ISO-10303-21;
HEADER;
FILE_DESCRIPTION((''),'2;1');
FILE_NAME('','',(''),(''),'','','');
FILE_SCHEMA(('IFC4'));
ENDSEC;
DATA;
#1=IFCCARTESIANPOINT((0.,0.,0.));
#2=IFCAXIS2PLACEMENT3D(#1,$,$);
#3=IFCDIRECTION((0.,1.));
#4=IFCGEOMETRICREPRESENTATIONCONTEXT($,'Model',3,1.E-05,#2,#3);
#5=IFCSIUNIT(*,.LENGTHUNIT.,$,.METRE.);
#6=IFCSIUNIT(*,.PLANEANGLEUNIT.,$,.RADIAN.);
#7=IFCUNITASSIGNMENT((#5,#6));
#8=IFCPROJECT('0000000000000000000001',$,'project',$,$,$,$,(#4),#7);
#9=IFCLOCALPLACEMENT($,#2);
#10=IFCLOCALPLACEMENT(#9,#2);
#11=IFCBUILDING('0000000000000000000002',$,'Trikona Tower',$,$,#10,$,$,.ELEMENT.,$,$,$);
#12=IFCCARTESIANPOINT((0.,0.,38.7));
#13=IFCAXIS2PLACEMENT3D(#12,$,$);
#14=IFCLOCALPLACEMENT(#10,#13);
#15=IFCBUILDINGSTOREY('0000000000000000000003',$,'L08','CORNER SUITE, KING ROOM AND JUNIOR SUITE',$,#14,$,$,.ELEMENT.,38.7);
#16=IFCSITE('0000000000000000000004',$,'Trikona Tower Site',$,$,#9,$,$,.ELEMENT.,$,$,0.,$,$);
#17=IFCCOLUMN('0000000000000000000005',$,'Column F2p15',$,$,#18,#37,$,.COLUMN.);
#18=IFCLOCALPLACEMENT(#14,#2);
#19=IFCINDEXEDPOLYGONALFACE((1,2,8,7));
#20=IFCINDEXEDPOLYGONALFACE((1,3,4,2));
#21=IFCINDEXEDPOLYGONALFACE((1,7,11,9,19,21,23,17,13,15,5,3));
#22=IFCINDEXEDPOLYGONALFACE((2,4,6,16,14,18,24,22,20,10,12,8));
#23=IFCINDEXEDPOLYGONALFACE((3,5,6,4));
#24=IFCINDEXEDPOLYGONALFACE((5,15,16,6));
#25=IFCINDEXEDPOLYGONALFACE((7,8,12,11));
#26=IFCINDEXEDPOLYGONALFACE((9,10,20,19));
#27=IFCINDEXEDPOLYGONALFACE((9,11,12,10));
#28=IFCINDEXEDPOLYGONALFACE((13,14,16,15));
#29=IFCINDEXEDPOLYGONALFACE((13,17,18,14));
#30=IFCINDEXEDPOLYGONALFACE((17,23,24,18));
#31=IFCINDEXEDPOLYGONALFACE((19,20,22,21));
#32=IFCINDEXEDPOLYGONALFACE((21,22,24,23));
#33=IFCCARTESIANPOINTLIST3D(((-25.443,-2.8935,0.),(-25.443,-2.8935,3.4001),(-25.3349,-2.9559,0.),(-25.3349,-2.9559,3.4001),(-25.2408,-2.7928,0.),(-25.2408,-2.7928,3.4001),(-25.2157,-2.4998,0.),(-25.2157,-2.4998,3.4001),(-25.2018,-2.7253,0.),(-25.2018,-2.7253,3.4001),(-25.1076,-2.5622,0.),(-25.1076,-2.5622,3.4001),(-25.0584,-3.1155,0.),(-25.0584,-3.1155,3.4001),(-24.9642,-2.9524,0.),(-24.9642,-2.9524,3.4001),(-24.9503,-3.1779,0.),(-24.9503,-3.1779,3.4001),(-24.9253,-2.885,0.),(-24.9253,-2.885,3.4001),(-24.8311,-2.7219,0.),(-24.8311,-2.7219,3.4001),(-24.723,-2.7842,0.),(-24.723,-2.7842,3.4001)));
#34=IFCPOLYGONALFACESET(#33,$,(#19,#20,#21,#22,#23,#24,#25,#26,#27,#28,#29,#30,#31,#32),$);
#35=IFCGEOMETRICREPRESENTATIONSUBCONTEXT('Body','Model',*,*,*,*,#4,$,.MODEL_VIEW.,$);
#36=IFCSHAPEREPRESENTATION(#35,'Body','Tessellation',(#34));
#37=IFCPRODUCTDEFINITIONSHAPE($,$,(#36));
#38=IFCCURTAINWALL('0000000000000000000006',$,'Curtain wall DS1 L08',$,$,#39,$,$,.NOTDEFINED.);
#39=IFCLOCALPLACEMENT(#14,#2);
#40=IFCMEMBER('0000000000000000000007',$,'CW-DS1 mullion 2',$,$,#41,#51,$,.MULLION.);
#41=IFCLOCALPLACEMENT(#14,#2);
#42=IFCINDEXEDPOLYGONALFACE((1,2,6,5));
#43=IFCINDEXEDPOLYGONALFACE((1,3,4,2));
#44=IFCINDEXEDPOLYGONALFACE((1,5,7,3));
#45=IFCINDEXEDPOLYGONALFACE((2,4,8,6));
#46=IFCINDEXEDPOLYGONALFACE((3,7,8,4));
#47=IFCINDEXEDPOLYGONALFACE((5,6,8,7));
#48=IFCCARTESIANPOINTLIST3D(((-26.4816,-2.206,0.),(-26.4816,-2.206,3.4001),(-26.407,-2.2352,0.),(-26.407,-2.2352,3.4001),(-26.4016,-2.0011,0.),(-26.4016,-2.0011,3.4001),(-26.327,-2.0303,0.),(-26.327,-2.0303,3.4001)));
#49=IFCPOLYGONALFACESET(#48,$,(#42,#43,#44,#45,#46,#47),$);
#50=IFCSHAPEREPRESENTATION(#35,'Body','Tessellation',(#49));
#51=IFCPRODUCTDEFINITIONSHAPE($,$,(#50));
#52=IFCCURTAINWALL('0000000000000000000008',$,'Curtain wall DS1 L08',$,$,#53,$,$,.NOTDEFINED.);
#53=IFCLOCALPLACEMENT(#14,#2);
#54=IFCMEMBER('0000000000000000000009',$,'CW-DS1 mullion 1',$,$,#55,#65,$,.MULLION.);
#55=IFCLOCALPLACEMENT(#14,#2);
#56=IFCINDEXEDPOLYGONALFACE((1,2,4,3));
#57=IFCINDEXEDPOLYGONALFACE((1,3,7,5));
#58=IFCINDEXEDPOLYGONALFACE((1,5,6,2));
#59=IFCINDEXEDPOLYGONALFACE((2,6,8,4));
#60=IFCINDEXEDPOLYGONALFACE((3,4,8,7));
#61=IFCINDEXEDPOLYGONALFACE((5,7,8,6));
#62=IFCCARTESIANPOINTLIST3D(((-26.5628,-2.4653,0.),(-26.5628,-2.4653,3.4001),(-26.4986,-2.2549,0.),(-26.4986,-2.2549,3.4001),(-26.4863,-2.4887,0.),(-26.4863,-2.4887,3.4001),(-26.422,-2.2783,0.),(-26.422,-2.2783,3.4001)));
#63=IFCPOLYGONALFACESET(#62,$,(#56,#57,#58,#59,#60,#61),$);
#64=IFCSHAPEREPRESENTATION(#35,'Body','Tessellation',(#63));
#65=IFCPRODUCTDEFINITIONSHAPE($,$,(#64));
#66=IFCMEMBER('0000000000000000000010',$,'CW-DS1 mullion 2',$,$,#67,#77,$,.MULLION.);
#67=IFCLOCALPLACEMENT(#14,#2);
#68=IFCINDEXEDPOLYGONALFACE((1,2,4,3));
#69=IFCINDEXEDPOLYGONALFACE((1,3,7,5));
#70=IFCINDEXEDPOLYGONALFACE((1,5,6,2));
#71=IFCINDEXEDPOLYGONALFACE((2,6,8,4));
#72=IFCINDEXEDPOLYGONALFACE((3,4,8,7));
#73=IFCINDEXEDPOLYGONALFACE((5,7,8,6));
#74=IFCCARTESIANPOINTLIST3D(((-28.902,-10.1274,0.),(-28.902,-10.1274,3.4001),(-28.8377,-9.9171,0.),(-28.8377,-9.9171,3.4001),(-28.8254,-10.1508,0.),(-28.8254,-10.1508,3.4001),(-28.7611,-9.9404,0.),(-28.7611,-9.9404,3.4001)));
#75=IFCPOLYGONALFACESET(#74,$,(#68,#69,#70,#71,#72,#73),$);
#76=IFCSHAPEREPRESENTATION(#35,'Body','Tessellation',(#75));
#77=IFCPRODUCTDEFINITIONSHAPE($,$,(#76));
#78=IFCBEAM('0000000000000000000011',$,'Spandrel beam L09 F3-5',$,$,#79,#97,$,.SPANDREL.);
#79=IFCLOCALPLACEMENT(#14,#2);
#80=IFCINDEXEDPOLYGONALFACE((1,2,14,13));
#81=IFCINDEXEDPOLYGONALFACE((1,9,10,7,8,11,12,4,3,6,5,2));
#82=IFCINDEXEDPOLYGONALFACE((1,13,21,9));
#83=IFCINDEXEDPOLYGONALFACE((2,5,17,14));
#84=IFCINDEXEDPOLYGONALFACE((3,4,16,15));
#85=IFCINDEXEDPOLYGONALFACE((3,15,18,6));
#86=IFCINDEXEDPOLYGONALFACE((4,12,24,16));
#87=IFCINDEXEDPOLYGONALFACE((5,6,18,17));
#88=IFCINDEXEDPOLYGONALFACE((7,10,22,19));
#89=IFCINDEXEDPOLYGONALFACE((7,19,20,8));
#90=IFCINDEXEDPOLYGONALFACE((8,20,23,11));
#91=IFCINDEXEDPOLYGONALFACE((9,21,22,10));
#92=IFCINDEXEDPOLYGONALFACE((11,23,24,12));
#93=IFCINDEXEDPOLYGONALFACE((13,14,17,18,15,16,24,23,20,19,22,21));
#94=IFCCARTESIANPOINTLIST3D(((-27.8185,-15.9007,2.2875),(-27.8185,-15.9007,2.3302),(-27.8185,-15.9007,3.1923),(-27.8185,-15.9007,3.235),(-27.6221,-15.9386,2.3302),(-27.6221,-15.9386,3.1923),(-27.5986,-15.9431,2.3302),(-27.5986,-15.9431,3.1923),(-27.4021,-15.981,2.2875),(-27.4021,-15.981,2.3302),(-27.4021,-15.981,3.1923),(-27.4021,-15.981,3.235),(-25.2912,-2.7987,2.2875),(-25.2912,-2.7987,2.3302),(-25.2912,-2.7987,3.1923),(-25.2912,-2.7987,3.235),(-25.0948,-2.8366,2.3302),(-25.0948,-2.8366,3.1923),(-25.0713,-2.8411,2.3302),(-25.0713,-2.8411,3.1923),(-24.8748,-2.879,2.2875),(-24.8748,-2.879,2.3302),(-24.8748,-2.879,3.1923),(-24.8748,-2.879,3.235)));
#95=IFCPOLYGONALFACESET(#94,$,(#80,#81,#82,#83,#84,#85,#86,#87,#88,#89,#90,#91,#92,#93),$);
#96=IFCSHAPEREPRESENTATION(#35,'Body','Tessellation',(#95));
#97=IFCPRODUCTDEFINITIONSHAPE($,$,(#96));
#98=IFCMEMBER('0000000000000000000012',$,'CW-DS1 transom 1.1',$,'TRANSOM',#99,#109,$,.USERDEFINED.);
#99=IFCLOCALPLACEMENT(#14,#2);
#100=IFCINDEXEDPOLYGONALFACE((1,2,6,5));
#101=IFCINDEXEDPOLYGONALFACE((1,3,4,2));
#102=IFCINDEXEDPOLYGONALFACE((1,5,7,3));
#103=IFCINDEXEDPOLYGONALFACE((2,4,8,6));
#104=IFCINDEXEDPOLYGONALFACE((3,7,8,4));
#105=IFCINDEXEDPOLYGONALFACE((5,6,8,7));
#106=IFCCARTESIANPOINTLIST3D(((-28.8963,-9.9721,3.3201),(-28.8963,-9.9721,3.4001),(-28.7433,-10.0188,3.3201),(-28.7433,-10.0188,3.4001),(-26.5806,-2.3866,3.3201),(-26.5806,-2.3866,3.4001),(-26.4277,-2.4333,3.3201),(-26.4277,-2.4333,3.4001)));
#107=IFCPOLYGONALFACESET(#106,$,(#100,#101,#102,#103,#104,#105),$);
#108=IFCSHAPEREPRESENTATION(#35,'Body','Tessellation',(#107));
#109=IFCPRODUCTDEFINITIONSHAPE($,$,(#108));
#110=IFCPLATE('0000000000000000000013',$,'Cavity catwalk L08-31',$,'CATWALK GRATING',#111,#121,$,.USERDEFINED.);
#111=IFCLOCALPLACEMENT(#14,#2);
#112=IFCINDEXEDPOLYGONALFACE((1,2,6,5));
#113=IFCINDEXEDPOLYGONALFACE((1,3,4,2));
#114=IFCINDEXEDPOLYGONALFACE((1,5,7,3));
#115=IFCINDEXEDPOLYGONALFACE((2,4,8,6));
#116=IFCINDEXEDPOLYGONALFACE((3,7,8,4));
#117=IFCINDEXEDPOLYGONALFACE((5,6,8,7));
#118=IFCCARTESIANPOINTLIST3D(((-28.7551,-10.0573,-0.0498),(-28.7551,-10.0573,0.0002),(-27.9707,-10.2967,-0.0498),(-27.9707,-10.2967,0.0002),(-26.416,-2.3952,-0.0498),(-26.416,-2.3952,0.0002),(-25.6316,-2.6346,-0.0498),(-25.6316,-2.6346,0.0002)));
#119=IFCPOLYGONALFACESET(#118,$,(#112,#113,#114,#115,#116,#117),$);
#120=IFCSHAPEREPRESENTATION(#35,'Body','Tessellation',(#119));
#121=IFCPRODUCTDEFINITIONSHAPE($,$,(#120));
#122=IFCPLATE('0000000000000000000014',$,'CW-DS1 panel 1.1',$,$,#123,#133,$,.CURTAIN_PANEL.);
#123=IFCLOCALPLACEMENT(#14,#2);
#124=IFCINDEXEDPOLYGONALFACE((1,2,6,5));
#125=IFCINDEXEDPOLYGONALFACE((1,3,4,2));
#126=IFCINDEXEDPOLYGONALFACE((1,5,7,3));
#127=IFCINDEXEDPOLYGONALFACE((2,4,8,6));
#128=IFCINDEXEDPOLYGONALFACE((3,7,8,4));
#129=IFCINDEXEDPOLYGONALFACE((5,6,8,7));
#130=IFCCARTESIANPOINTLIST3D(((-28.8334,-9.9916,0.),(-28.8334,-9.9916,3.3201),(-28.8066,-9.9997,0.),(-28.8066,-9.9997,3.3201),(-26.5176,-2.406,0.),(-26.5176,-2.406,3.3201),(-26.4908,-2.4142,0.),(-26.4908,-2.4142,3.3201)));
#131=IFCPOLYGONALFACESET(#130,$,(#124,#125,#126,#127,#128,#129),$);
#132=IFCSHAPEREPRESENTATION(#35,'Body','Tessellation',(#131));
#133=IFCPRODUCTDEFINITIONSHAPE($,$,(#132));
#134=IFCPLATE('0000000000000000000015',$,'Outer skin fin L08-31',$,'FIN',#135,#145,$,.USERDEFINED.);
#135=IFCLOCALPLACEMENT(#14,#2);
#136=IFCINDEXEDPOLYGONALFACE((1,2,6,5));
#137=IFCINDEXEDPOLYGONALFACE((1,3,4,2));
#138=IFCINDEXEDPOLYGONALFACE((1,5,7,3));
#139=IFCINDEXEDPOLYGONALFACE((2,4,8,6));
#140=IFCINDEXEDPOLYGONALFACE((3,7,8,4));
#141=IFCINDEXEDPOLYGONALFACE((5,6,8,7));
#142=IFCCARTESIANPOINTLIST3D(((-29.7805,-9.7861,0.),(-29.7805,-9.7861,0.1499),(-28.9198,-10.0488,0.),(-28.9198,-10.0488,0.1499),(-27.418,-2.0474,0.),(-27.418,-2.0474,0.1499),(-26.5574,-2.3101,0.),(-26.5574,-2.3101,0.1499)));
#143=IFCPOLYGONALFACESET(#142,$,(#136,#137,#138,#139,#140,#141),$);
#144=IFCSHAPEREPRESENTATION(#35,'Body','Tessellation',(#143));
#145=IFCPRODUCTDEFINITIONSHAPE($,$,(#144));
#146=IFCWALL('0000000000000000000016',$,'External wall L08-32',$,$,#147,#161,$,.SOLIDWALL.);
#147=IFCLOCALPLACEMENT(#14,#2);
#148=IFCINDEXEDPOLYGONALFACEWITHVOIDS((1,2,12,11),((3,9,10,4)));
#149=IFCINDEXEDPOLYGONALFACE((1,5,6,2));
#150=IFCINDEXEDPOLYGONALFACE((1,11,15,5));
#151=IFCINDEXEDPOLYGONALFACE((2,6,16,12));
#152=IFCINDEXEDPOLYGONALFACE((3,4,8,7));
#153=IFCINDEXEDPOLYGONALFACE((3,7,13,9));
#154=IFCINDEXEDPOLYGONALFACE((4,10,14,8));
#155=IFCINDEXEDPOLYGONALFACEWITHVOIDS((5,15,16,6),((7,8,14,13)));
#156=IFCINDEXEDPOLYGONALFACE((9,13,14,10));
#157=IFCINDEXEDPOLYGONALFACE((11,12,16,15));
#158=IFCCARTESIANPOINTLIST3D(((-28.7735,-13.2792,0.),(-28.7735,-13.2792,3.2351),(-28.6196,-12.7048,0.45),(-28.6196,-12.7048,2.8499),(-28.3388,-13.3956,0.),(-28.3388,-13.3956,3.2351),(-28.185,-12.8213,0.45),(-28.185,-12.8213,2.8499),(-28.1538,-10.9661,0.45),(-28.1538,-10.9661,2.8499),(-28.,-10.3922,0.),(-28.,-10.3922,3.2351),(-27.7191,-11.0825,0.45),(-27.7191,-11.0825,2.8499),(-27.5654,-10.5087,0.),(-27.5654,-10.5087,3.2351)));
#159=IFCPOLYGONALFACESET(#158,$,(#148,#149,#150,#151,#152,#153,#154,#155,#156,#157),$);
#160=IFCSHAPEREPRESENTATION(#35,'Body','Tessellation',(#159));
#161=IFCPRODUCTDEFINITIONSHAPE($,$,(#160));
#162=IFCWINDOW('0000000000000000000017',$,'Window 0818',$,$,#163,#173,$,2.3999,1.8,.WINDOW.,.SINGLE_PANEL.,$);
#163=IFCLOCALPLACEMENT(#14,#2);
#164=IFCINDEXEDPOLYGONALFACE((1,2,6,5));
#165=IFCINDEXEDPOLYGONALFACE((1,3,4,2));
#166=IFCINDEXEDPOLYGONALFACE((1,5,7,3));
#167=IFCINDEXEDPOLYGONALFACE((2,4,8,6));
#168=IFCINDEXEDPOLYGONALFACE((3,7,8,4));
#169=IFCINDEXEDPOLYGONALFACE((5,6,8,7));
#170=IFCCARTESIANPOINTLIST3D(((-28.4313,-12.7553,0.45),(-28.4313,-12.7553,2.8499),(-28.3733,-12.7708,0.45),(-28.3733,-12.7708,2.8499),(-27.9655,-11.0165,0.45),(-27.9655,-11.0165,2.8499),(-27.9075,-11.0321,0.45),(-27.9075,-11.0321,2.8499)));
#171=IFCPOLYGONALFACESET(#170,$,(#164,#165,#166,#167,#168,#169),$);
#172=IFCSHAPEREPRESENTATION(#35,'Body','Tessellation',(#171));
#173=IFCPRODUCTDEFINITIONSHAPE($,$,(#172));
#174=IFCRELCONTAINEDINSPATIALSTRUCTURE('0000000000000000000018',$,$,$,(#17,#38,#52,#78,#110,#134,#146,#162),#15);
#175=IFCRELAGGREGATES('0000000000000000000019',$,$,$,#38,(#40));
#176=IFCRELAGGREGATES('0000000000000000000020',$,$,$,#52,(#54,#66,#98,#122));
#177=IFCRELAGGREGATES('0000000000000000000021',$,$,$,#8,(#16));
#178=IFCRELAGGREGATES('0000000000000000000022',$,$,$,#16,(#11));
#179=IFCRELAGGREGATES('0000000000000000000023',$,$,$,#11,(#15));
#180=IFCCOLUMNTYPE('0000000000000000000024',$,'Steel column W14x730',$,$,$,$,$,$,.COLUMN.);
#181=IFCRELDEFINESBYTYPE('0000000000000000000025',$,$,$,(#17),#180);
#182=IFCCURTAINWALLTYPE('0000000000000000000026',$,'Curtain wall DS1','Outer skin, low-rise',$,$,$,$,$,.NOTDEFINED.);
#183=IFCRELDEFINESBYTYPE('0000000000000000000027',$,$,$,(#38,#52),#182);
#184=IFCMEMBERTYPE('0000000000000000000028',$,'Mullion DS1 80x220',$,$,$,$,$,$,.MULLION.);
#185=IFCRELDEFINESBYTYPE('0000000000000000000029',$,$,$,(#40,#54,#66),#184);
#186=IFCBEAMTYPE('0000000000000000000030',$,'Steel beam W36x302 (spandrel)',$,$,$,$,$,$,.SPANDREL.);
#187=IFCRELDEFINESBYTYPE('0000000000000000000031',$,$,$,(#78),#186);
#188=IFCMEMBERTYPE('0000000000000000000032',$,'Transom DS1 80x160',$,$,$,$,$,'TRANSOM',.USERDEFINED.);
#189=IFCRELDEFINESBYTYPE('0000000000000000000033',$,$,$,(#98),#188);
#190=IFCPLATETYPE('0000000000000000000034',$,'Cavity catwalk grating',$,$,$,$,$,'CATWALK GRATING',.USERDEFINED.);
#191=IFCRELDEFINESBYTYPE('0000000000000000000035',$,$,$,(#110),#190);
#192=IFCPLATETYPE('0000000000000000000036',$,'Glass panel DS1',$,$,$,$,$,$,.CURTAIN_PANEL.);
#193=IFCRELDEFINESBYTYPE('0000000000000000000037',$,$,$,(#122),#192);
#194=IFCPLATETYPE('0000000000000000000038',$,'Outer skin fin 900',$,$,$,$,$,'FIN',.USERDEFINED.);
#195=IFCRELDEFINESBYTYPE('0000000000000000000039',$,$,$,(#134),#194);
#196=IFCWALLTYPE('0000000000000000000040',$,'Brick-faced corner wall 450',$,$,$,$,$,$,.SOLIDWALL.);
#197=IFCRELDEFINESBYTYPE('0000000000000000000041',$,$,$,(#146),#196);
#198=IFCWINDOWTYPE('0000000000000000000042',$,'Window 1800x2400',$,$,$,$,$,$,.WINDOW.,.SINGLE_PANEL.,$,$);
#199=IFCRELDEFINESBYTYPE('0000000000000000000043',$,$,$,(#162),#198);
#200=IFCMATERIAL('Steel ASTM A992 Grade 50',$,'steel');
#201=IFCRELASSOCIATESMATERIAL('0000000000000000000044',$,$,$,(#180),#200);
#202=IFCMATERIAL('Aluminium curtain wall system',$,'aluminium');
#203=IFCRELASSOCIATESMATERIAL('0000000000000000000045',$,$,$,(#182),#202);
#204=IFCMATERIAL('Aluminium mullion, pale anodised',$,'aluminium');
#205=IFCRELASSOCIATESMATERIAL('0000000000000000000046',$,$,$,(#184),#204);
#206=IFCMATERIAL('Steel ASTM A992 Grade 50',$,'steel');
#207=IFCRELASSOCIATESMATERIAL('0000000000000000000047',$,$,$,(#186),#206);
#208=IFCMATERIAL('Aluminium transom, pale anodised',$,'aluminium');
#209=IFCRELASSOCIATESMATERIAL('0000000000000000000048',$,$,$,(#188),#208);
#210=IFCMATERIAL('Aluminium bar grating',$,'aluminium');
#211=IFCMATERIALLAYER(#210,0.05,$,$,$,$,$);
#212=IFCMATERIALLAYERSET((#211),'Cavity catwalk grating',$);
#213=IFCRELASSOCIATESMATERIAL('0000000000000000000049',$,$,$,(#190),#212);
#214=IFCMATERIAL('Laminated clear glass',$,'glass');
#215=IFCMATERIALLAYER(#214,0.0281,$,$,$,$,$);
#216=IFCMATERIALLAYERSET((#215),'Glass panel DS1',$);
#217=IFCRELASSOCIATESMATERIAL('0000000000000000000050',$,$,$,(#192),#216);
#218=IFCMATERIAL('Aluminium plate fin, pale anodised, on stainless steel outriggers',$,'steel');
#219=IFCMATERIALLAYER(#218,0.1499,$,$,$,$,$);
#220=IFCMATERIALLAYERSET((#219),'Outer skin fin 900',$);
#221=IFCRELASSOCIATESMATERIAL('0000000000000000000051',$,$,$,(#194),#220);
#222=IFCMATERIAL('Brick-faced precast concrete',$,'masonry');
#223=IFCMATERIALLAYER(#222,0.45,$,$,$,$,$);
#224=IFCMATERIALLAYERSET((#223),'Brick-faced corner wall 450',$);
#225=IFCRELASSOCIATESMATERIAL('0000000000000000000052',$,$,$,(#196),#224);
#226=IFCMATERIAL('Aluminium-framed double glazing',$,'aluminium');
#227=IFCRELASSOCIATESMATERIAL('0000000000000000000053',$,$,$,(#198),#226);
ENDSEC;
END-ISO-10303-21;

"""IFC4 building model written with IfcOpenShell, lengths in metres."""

from ifc_helpers import new_model, si_unit, direction, frame, frame_2d, origin, origin_2d, place, context, subcontext, project, spatial, rectangle, i_section, extrude, material, layer, layer_set, material_profile, profile_set, type_object, element, fill, aggregate, save


model = new_model("IFC4")

# Units and contexts
model_context = context("Model", 3, precision=1e-05, world=origin(), true_north=direction((0.0, 1.0)))
body_context = subcontext(model_context, "Body", "Model", "MODEL_VIEW")
ifc_project = project(units=[si_unit("LENGTHUNIT", "METRE"), si_unit("PLANEANGLEUNIT", "RADIAN")], contexts=[model_context])

# Site, building, storey
site_placement = place(None, origin())
site = spatial("IfcSite", under=ifc_project, at=site_placement, Name="Trikona Tower Site", CompositionType="ELEMENT", RefElevation=0.0)
building_placement = place(site_placement, origin())
building = spatial("IfcBuilding", under=site, at=building_placement, Name="Trikona Tower", CompositionType="ELEMENT")
storey_placement = place(building_placement, frame((0.0, 0.0, 38.7)))
storey = spatial("IfcBuildingStorey", under=building, at=storey_placement, Name="L08", Description="CORNER SUITE, KING ROOM AND JUNIOR SUITE", CompositionType="ELEMENT", Elevation=38.7)

# Column
ifc_material_1 = material(Name="Steel ASTM A992 Grade 50", Category="steel")
ifc_material_profile_1 = material_profile(ifc_material_1, i_section(OverallWidth=0.4546, OverallDepth=0.5688, WebThickness=0.0779, FlangeThickness=0.1248, at=origin_2d()), Name="W14X730")
ifc_profile_set_1 = profile_set([ifc_material_profile_1], Name="Steel ASTM A992 Grade 50")
column_type = type_object("IfcColumnType", Name="Steel column W14x730", PredefinedType="COLUMN", material=ifc_profile_set_1)
column_placement = place(storey_placement, frame((-25.083, -2.8389, 0.0), z_axis=(0.0, 0.0, 1.0), x_axis=(-0.5, -0.866025, 0.0)))
element("IfcColumn", 1, at=column_placement, inside=storey, type_object=column_type, Name="Column F2p15", PredefinedType="COLUMN", context=body_context, shape_type="SweptSolid", body=[
    extrude(i_section(OverallWidth=0.4546, OverallDepth=0.5688, WebThickness=0.0779, FlangeThickness=0.1248, at=origin_2d()), origin(), (0.0, 0.0, 1.0), 3.4001),
])

# Curtain wall, member
ifc_material_2 = material(Name="Aluminium curtain wall system", Category="aluminium")
curtain_wall_type = type_object("IfcCurtainWallType", Name="Curtain wall DS1", Description="Outer skin, low-rise", PredefinedType="NOTDEFINED", material=ifc_material_2)
curtain_wall_1_placement = place(storey_placement, origin())
curtain_wall_1 = element("IfcCurtainWall", 2, at=curtain_wall_1_placement, inside=storey, type_object=curtain_wall_type, Name="Curtain wall DS1 L08", PredefinedType="NOTDEFINED")
ifc_material_3 = material(Name="Aluminium mullion, pale anodised", Category="aluminium")
ifc_material_profile_2 = material_profile(ifc_material_3, rectangle(XDim=0.0801, YDim=0.22, at=origin_2d()), Name="MUL-DS1")
ifc_profile_set_2 = profile_set([ifc_material_profile_2], Name="Aluminium mullion, pale anodised")
member_type_1 = type_object("IfcMemberType", Name="Mullion DS1 80x220", PredefinedType="MULLION", material=ifc_profile_set_2)
member_1_placement = place(storey_placement, frame((-26.4043, -2.1182, 0.0), z_axis=(0.0, 0.0, 1.0), x_axis=(0.931396, -0.364008, 0.0)))
member_1 = element("IfcMember", 3, at=member_1_placement, type_object=member_type_1, Name="CW-DS1 mullion 2", PredefinedType="MULLION", context=body_context, shape_type="SweptSolid", body=[
    extrude(rectangle(XDim=0.0801, YDim=0.22, at=origin_2d()), origin(), (0.0, 0.0, 1.0), 3.4001),
])
aggregate(curtain_wall_1, [member_1])

# Curtain wall, members
curtain_wall_2_placement = place(storey_placement, origin())
curtain_wall_2 = element("IfcCurtainWall", 4, at=curtain_wall_2_placement, inside=storey, type_object=curtain_wall_type, Name="Curtain wall DS1 L08", PredefinedType="NOTDEFINED")
member_2_placement = place(storey_placement, frame((-26.4924, -2.3718, 0.0), z_axis=(0.0, 0.0, 1.0), x_axis=(0.956423, -0.291984, 0.0)))
member_2 = element("IfcMember", 5, at=member_2_placement, type_object=member_type_1, Name="CW-DS1 mullion 1", PredefinedType="MULLION", context=body_context, shape_type="SweptSolid", body=[
    extrude(rectangle(XDim=0.0801, YDim=0.22, at=origin_2d()), origin(), (0.0, 0.0, 1.0), 3.4001),
])
member_3_placement = place(storey_placement, frame((-28.8315, -10.0339, 0.0), z_axis=(0.0, 0.0, 1.0), x_axis=(0.956423, -0.291984, 0.0)))
member_3 = element("IfcMember", 6, at=member_3_placement, type_object=member_type_1, Name="CW-DS1 mullion 2", PredefinedType="MULLION", context=body_context, shape_type="SweptSolid", body=[
    extrude(rectangle(XDim=0.0801, YDim=0.22, at=origin_2d()), origin(), (0.0, 0.0, 1.0), 3.4001),
])

# Beam
ifc_material_4 = material(Name="Steel ASTM A992 Grade 50", Category="steel")
ifc_material_profile_3 = material_profile(ifc_material_4, i_section(OverallWidth=0.4241, OverallDepth=0.9475, WebThickness=0.0239, FlangeThickness=0.0427, at=origin_2d()), Name="W36X302")
ifc_profile_set_3 = profile_set([ifc_material_profile_3], Name="Steel ASTM A992 Grade 50")
beam_type = type_object("IfcBeamType", Name="Steel beam W36x302 (spandrel)", PredefinedType="SPANDREL", material=ifc_profile_set_3)
beam_placement = place(storey_placement, frame((-25.083, -2.8389, 2.7612), z_axis=(-0.189405, -0.981899, 0.0), x_axis=(0.981899, -0.189405, 0.0)))
element("IfcBeam", 7, at=beam_placement, inside=storey, type_object=beam_type, Name="Spandrel beam L09 F3-5", PredefinedType="SPANDREL", context=body_context, shape_type="SweptSolid", body=[
    extrude(i_section(OverallWidth=0.4241, OverallDepth=0.9475, WebThickness=0.0239, FlangeThickness=0.0427, at=origin_2d()), origin(), (0.0, 0.0, 1.0), 13.3435),
])

# Member
ifc_material_5 = material(Name="Aluminium transom, pale anodised", Category="aluminium")
ifc_material_profile_4 = material_profile(ifc_material_5, rectangle(XDim=0.1599, YDim=0.0801, at=origin_2d()), Name="TRN-DS1")
ifc_profile_set_4 = profile_set([ifc_material_profile_4], Name="Aluminium transom, pale anodised")
member_type_2 = type_object("IfcMemberType", Name="Transom DS1 80x160", ElementType="TRANSOM", PredefinedType="USERDEFINED", material=ifc_profile_set_4)
member_4_placement = place(storey_placement, frame((-26.5042, -2.4099, 3.3601), z_axis=(-0.291967, -0.956428, 0.0), x_axis=(0.956428, -0.291967, 0.0)))
member_4 = element("IfcMember", 8, at=member_4_placement, type_object=member_type_2, Name="CW-DS1 transom 1.1", ObjectType="TRANSOM", PredefinedType="USERDEFINED", context=body_context, shape_type="SweptSolid", body=[
    extrude(rectangle(XDim=0.1599, YDim=0.0801, at=origin_2d()), origin(), (0.0, 0.0, 1.0), 7.9312),
])

# Plates
ifc_material_6 = material(Name="Aluminium bar grating", Category="aluminium")
ifc_layer_1 = layer(ifc_material_6, 0.05)
ifc_layer_set_1 = layer_set([ifc_layer_1], Name="Cavity catwalk grating")
plate_type_1 = type_object("IfcPlateType", Name="Cavity catwalk grating", ElementType="CATWALK GRATING", PredefinedType="USERDEFINED", material=ifc_layer_set_1)
plate_1_placement = place(storey_placement, frame((-27.1934, -6.3459, -0.0498), z_axis=(0.0, 0.0, 1.0), x_axis=(-0.291979, -0.956425, 0.0)))
element("IfcPlate", 9, at=plate_1_placement, inside=storey, type_object=plate_type_1, Name="Cavity catwalk L08-31", ObjectType="CATWALK GRATING", PredefinedType="USERDEFINED", context=body_context, shape_type="SweptSolid", body=[
    extrude(rectangle(XDim=8.0112, YDim=0.8201, at=origin_2d()), origin(), (0.0, 0.0, 1.0), 0.05),
])
ifc_material_7 = material(Name="Laminated clear glass", Category="glass")
ifc_layer_2 = layer(ifc_material_7, 0.0281)
ifc_layer_set_2 = layer_set([ifc_layer_2], Name="Glass panel DS1")
plate_type_2 = type_object("IfcPlateType", Name="Glass panel DS1", PredefinedType="CURTAIN_PANEL", material=ifc_layer_set_2)
plate_2_placement = place(storey_placement, frame((-27.6621, -6.2029, 0.0), z_axis=(0.0, 0.0, 1.0), x_axis=(-0.291984, -0.956423, 0.0)))
plate_2 = element("IfcPlate", 10, at=plate_2_placement, type_object=plate_type_2, Name="CW-DS1 panel 1.1", PredefinedType="CURTAIN_PANEL", context=body_context, shape_type="SweptSolid", body=[
    extrude(rectangle(XDim=7.9312, YDim=0.0281, at=origin_2d()), origin(), (0.0, 0.0, 1.0), 3.3201),
])
aggregate(curtain_wall_2, [member_2, member_3, member_4, plate_2])
ifc_material_8 = material(Name="Aluminium plate fin, pale anodised, on stainless steel outriggers", Category="steel")
ifc_layer_3 = layer(ifc_material_8, 0.1499)
ifc_layer_set_3 = layer_set([ifc_layer_3], Name="Outer skin fin 900")
plate_type_3 = type_object("IfcPlateType", Name="Outer skin fin 900", ElementType="FIN", PredefinedType="USERDEFINED", material=ifc_layer_set_3)
plate_3_placement = place(storey_placement, frame((-28.1689, -6.0481, 0.0), z_axis=(0.0, 0.0, 1.0), x_axis=(-0.291979, -0.956425, 0.0)))
element("IfcPlate", 11, at=plate_3_placement, inside=storey, type_object=plate_type_3, Name="Outer skin fin L08-31", ObjectType="FIN", PredefinedType="USERDEFINED", context=body_context, shape_type="SweptSolid", body=[
    extrude(rectangle(XDim=8.0913, YDim=0.8999, at=origin_2d()), origin(), (0.0, 0.0, 1.0), 0.1499),
])

# Wall, opening, window
ifc_material_9 = material(Name="Brick-faced precast concrete", Category="masonry")
ifc_layer_4 = layer(ifc_material_9, 0.45)
ifc_layer_set_4 = layer_set([ifc_layer_4], Name="Brick-faced corner wall 450")
wall_type_1 = type_object("IfcWallType", Name="Brick-faced corner wall 450", PredefinedType="SOLIDWALL", material=ifc_layer_set_4)
wall_1_placement = place(storey_placement, frame((-27.7827, -10.4504, 0.0), z_axis=(0.0, 0.0, 1.0), x_axis=(-0.258781, -0.965936, 0.0)))
wall_1 = element("IfcWall", 12, at=wall_1_placement, inside=storey, type_object=wall_type_1, Name="External wall L08-32", PredefinedType="SOLIDWALL", context=body_context, shape_type="SweptSolid", body=[
    extrude(rectangle(XDim=2.9888, YDim=0.45, at=frame_2d((1.4944, 0.0))), origin(), (0.0, 0.0, 1.0), 3.2351),
])
opening_1_placement = place(wall_1_placement, frame((0.5942, 0.0, 0.45)))
opening_1 = element("IfcOpeningElement", 13, at=opening_1_placement, cuts=wall_1, PredefinedType="OPENING", context=body_context, shape_type="SweptSolid", body=[
    extrude(rectangle(XDim=1.8, YDim=2.3999, at=frame_2d((0.8999, 1.2))), frame((0.0, 0.2349, 0.0), z_axis=(0.0, -1.0, 0.0), x_axis=(1.0, 0.0, 0.0)), (0.0, 0.0, 1.0), 0.47),
])
ifc_material_10 = material(Name="Aluminium-framed double glazing", Category="aluminium")
window_type_1 = type_object("IfcWindowType", Name="Window 1800x2400", PartitioningType="SINGLE_PANEL", PredefinedType="WINDOW", material=ifc_material_10)
window_1_placement = place(opening_1_placement, origin())
window_1 = element("IfcWindow", 14, at=window_1_placement, inside=storey, type_object=window_type_1, Name="Window 0818", OverallHeight=2.3999, OverallWidth=1.8, PartitioningType="SINGLE_PANEL", PredefinedType="WINDOW", context=body_context, shape_type="SweptSolid", body=[
    extrude(rectangle(XDim=1.8, YDim=2.3999, at=frame_2d((0.8999, 1.2))), frame((0.0, 0.03, 0.0), z_axis=(0.0, -1.0, 0.0), x_axis=(1.0, 0.0, 0.0)), (0.0, 0.0, 1.0), 0.0601),
])
fill(opening_1, window_1)

save(model, "model.ifc")
